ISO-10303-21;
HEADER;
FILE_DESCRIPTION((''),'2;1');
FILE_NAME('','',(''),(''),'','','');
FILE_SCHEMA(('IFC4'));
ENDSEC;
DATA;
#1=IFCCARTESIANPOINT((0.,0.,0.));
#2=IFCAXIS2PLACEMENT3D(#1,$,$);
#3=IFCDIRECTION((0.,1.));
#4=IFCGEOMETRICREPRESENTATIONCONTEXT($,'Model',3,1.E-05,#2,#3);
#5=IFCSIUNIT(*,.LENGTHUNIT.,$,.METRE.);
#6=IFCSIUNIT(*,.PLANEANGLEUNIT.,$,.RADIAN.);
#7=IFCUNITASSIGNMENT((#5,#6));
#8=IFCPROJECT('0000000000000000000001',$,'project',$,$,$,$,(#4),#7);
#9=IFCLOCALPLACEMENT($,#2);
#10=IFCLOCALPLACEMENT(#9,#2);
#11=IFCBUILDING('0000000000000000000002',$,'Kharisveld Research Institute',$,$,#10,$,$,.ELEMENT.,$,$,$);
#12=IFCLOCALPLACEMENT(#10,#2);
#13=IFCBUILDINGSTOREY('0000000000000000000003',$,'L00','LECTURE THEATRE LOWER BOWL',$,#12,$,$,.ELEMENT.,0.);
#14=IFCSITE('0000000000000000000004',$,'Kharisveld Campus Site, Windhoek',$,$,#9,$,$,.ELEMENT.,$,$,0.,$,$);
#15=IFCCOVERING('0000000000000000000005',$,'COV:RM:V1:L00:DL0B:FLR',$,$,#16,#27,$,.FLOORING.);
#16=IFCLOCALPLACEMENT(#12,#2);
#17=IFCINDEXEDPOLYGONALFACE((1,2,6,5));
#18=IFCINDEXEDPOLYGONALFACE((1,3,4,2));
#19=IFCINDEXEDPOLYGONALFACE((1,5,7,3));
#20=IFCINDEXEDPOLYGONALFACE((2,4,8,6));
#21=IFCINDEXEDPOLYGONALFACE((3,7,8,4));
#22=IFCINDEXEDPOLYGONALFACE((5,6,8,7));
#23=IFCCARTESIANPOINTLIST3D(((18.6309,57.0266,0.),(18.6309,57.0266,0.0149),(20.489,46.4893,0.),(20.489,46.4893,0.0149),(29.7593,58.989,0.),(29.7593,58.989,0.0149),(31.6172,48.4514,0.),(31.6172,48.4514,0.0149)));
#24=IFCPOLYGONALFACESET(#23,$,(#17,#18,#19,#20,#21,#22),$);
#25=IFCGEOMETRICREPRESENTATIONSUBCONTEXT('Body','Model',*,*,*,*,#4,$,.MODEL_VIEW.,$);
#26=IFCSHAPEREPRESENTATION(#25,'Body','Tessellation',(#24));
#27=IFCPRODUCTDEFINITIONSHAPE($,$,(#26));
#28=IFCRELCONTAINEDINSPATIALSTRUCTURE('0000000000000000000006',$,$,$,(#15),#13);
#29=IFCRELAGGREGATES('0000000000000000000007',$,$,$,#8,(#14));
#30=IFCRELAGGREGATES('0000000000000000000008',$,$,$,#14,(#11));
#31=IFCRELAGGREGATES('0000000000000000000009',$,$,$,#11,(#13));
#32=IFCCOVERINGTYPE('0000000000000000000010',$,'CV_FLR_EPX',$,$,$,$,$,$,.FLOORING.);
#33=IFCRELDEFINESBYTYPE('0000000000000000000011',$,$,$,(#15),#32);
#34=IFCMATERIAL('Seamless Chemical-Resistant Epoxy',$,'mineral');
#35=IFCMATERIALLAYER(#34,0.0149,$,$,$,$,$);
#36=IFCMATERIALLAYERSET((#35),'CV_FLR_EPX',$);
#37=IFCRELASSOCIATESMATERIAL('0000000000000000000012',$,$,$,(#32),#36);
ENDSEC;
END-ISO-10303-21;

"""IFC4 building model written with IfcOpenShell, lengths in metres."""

from ifc_helpers import new_model, si_unit, direction, origin, place, context, subcontext, project, spatial, polyline, outline, extrude, material, layer, layer_set, type_object, element, save


model = new_model("IFC4")

# Units and contexts
model_context = context("Model", 3, precision=1e-05, world=origin(), true_north=direction((0.0, 1.0)))
body_context = subcontext(model_context, "Body", "Model", "MODEL_VIEW")
ifc_project = project(units=[si_unit("LENGTHUNIT", "METRE"), si_unit("PLANEANGLEUNIT", "RADIAN")], contexts=[model_context])

# Site, building, storey
site_placement = place(None, origin())
site = spatial("IfcSite", under=ifc_project, at=site_placement, Name="Kharisveld Campus Site, Windhoek", CompositionType="ELEMENT", RefElevation=0.0)
building_placement = place(site_placement, origin())
building = spatial("IfcBuilding", under=site, at=building_placement, Name="Kharisveld Research Institute", CompositionType="ELEMENT")
storey_placement = place(building_placement, origin())
storey = spatial("IfcBuildingStorey", under=building, at=storey_placement, Name="L00", Description="LECTURE THEATRE LOWER BOWL", CompositionType="ELEMENT", Elevation=0.0)

# Covering
ifc_material_1 = material(Name="Seamless Chemical-Resistant Epoxy", Category="mineral")
ifc_layer_1 = layer(ifc_material_1, 0.0149)
ifc_layer_set_1 = layer_set([ifc_layer_1], Name="CV_FLR_EPX")
covering_type_1 = type_object("IfcCoveringType", Name="CV_FLR_EPX", PredefinedType="FLOORING", material=ifc_layer_set_1)
covering_1_placement = place(storey_placement, origin())
element("IfcCovering", 1, at=covering_1_placement, inside=storey, type_object=covering_type_1, Name="COV:RM:V1:L00:DL0B:FLR", PredefinedType="FLOORING", context=body_context, shape_type="SweptSolid", body=[
    extrude(outline(polyline([(20.489, 46.4893), (31.6172, 48.4514), (29.7593, 58.989), (18.6309, 57.0266), (20.489, 46.4893)])), origin(), (0.0, 0.0, 1.0), 0.0149),
])

save(model, "model.ifc")
